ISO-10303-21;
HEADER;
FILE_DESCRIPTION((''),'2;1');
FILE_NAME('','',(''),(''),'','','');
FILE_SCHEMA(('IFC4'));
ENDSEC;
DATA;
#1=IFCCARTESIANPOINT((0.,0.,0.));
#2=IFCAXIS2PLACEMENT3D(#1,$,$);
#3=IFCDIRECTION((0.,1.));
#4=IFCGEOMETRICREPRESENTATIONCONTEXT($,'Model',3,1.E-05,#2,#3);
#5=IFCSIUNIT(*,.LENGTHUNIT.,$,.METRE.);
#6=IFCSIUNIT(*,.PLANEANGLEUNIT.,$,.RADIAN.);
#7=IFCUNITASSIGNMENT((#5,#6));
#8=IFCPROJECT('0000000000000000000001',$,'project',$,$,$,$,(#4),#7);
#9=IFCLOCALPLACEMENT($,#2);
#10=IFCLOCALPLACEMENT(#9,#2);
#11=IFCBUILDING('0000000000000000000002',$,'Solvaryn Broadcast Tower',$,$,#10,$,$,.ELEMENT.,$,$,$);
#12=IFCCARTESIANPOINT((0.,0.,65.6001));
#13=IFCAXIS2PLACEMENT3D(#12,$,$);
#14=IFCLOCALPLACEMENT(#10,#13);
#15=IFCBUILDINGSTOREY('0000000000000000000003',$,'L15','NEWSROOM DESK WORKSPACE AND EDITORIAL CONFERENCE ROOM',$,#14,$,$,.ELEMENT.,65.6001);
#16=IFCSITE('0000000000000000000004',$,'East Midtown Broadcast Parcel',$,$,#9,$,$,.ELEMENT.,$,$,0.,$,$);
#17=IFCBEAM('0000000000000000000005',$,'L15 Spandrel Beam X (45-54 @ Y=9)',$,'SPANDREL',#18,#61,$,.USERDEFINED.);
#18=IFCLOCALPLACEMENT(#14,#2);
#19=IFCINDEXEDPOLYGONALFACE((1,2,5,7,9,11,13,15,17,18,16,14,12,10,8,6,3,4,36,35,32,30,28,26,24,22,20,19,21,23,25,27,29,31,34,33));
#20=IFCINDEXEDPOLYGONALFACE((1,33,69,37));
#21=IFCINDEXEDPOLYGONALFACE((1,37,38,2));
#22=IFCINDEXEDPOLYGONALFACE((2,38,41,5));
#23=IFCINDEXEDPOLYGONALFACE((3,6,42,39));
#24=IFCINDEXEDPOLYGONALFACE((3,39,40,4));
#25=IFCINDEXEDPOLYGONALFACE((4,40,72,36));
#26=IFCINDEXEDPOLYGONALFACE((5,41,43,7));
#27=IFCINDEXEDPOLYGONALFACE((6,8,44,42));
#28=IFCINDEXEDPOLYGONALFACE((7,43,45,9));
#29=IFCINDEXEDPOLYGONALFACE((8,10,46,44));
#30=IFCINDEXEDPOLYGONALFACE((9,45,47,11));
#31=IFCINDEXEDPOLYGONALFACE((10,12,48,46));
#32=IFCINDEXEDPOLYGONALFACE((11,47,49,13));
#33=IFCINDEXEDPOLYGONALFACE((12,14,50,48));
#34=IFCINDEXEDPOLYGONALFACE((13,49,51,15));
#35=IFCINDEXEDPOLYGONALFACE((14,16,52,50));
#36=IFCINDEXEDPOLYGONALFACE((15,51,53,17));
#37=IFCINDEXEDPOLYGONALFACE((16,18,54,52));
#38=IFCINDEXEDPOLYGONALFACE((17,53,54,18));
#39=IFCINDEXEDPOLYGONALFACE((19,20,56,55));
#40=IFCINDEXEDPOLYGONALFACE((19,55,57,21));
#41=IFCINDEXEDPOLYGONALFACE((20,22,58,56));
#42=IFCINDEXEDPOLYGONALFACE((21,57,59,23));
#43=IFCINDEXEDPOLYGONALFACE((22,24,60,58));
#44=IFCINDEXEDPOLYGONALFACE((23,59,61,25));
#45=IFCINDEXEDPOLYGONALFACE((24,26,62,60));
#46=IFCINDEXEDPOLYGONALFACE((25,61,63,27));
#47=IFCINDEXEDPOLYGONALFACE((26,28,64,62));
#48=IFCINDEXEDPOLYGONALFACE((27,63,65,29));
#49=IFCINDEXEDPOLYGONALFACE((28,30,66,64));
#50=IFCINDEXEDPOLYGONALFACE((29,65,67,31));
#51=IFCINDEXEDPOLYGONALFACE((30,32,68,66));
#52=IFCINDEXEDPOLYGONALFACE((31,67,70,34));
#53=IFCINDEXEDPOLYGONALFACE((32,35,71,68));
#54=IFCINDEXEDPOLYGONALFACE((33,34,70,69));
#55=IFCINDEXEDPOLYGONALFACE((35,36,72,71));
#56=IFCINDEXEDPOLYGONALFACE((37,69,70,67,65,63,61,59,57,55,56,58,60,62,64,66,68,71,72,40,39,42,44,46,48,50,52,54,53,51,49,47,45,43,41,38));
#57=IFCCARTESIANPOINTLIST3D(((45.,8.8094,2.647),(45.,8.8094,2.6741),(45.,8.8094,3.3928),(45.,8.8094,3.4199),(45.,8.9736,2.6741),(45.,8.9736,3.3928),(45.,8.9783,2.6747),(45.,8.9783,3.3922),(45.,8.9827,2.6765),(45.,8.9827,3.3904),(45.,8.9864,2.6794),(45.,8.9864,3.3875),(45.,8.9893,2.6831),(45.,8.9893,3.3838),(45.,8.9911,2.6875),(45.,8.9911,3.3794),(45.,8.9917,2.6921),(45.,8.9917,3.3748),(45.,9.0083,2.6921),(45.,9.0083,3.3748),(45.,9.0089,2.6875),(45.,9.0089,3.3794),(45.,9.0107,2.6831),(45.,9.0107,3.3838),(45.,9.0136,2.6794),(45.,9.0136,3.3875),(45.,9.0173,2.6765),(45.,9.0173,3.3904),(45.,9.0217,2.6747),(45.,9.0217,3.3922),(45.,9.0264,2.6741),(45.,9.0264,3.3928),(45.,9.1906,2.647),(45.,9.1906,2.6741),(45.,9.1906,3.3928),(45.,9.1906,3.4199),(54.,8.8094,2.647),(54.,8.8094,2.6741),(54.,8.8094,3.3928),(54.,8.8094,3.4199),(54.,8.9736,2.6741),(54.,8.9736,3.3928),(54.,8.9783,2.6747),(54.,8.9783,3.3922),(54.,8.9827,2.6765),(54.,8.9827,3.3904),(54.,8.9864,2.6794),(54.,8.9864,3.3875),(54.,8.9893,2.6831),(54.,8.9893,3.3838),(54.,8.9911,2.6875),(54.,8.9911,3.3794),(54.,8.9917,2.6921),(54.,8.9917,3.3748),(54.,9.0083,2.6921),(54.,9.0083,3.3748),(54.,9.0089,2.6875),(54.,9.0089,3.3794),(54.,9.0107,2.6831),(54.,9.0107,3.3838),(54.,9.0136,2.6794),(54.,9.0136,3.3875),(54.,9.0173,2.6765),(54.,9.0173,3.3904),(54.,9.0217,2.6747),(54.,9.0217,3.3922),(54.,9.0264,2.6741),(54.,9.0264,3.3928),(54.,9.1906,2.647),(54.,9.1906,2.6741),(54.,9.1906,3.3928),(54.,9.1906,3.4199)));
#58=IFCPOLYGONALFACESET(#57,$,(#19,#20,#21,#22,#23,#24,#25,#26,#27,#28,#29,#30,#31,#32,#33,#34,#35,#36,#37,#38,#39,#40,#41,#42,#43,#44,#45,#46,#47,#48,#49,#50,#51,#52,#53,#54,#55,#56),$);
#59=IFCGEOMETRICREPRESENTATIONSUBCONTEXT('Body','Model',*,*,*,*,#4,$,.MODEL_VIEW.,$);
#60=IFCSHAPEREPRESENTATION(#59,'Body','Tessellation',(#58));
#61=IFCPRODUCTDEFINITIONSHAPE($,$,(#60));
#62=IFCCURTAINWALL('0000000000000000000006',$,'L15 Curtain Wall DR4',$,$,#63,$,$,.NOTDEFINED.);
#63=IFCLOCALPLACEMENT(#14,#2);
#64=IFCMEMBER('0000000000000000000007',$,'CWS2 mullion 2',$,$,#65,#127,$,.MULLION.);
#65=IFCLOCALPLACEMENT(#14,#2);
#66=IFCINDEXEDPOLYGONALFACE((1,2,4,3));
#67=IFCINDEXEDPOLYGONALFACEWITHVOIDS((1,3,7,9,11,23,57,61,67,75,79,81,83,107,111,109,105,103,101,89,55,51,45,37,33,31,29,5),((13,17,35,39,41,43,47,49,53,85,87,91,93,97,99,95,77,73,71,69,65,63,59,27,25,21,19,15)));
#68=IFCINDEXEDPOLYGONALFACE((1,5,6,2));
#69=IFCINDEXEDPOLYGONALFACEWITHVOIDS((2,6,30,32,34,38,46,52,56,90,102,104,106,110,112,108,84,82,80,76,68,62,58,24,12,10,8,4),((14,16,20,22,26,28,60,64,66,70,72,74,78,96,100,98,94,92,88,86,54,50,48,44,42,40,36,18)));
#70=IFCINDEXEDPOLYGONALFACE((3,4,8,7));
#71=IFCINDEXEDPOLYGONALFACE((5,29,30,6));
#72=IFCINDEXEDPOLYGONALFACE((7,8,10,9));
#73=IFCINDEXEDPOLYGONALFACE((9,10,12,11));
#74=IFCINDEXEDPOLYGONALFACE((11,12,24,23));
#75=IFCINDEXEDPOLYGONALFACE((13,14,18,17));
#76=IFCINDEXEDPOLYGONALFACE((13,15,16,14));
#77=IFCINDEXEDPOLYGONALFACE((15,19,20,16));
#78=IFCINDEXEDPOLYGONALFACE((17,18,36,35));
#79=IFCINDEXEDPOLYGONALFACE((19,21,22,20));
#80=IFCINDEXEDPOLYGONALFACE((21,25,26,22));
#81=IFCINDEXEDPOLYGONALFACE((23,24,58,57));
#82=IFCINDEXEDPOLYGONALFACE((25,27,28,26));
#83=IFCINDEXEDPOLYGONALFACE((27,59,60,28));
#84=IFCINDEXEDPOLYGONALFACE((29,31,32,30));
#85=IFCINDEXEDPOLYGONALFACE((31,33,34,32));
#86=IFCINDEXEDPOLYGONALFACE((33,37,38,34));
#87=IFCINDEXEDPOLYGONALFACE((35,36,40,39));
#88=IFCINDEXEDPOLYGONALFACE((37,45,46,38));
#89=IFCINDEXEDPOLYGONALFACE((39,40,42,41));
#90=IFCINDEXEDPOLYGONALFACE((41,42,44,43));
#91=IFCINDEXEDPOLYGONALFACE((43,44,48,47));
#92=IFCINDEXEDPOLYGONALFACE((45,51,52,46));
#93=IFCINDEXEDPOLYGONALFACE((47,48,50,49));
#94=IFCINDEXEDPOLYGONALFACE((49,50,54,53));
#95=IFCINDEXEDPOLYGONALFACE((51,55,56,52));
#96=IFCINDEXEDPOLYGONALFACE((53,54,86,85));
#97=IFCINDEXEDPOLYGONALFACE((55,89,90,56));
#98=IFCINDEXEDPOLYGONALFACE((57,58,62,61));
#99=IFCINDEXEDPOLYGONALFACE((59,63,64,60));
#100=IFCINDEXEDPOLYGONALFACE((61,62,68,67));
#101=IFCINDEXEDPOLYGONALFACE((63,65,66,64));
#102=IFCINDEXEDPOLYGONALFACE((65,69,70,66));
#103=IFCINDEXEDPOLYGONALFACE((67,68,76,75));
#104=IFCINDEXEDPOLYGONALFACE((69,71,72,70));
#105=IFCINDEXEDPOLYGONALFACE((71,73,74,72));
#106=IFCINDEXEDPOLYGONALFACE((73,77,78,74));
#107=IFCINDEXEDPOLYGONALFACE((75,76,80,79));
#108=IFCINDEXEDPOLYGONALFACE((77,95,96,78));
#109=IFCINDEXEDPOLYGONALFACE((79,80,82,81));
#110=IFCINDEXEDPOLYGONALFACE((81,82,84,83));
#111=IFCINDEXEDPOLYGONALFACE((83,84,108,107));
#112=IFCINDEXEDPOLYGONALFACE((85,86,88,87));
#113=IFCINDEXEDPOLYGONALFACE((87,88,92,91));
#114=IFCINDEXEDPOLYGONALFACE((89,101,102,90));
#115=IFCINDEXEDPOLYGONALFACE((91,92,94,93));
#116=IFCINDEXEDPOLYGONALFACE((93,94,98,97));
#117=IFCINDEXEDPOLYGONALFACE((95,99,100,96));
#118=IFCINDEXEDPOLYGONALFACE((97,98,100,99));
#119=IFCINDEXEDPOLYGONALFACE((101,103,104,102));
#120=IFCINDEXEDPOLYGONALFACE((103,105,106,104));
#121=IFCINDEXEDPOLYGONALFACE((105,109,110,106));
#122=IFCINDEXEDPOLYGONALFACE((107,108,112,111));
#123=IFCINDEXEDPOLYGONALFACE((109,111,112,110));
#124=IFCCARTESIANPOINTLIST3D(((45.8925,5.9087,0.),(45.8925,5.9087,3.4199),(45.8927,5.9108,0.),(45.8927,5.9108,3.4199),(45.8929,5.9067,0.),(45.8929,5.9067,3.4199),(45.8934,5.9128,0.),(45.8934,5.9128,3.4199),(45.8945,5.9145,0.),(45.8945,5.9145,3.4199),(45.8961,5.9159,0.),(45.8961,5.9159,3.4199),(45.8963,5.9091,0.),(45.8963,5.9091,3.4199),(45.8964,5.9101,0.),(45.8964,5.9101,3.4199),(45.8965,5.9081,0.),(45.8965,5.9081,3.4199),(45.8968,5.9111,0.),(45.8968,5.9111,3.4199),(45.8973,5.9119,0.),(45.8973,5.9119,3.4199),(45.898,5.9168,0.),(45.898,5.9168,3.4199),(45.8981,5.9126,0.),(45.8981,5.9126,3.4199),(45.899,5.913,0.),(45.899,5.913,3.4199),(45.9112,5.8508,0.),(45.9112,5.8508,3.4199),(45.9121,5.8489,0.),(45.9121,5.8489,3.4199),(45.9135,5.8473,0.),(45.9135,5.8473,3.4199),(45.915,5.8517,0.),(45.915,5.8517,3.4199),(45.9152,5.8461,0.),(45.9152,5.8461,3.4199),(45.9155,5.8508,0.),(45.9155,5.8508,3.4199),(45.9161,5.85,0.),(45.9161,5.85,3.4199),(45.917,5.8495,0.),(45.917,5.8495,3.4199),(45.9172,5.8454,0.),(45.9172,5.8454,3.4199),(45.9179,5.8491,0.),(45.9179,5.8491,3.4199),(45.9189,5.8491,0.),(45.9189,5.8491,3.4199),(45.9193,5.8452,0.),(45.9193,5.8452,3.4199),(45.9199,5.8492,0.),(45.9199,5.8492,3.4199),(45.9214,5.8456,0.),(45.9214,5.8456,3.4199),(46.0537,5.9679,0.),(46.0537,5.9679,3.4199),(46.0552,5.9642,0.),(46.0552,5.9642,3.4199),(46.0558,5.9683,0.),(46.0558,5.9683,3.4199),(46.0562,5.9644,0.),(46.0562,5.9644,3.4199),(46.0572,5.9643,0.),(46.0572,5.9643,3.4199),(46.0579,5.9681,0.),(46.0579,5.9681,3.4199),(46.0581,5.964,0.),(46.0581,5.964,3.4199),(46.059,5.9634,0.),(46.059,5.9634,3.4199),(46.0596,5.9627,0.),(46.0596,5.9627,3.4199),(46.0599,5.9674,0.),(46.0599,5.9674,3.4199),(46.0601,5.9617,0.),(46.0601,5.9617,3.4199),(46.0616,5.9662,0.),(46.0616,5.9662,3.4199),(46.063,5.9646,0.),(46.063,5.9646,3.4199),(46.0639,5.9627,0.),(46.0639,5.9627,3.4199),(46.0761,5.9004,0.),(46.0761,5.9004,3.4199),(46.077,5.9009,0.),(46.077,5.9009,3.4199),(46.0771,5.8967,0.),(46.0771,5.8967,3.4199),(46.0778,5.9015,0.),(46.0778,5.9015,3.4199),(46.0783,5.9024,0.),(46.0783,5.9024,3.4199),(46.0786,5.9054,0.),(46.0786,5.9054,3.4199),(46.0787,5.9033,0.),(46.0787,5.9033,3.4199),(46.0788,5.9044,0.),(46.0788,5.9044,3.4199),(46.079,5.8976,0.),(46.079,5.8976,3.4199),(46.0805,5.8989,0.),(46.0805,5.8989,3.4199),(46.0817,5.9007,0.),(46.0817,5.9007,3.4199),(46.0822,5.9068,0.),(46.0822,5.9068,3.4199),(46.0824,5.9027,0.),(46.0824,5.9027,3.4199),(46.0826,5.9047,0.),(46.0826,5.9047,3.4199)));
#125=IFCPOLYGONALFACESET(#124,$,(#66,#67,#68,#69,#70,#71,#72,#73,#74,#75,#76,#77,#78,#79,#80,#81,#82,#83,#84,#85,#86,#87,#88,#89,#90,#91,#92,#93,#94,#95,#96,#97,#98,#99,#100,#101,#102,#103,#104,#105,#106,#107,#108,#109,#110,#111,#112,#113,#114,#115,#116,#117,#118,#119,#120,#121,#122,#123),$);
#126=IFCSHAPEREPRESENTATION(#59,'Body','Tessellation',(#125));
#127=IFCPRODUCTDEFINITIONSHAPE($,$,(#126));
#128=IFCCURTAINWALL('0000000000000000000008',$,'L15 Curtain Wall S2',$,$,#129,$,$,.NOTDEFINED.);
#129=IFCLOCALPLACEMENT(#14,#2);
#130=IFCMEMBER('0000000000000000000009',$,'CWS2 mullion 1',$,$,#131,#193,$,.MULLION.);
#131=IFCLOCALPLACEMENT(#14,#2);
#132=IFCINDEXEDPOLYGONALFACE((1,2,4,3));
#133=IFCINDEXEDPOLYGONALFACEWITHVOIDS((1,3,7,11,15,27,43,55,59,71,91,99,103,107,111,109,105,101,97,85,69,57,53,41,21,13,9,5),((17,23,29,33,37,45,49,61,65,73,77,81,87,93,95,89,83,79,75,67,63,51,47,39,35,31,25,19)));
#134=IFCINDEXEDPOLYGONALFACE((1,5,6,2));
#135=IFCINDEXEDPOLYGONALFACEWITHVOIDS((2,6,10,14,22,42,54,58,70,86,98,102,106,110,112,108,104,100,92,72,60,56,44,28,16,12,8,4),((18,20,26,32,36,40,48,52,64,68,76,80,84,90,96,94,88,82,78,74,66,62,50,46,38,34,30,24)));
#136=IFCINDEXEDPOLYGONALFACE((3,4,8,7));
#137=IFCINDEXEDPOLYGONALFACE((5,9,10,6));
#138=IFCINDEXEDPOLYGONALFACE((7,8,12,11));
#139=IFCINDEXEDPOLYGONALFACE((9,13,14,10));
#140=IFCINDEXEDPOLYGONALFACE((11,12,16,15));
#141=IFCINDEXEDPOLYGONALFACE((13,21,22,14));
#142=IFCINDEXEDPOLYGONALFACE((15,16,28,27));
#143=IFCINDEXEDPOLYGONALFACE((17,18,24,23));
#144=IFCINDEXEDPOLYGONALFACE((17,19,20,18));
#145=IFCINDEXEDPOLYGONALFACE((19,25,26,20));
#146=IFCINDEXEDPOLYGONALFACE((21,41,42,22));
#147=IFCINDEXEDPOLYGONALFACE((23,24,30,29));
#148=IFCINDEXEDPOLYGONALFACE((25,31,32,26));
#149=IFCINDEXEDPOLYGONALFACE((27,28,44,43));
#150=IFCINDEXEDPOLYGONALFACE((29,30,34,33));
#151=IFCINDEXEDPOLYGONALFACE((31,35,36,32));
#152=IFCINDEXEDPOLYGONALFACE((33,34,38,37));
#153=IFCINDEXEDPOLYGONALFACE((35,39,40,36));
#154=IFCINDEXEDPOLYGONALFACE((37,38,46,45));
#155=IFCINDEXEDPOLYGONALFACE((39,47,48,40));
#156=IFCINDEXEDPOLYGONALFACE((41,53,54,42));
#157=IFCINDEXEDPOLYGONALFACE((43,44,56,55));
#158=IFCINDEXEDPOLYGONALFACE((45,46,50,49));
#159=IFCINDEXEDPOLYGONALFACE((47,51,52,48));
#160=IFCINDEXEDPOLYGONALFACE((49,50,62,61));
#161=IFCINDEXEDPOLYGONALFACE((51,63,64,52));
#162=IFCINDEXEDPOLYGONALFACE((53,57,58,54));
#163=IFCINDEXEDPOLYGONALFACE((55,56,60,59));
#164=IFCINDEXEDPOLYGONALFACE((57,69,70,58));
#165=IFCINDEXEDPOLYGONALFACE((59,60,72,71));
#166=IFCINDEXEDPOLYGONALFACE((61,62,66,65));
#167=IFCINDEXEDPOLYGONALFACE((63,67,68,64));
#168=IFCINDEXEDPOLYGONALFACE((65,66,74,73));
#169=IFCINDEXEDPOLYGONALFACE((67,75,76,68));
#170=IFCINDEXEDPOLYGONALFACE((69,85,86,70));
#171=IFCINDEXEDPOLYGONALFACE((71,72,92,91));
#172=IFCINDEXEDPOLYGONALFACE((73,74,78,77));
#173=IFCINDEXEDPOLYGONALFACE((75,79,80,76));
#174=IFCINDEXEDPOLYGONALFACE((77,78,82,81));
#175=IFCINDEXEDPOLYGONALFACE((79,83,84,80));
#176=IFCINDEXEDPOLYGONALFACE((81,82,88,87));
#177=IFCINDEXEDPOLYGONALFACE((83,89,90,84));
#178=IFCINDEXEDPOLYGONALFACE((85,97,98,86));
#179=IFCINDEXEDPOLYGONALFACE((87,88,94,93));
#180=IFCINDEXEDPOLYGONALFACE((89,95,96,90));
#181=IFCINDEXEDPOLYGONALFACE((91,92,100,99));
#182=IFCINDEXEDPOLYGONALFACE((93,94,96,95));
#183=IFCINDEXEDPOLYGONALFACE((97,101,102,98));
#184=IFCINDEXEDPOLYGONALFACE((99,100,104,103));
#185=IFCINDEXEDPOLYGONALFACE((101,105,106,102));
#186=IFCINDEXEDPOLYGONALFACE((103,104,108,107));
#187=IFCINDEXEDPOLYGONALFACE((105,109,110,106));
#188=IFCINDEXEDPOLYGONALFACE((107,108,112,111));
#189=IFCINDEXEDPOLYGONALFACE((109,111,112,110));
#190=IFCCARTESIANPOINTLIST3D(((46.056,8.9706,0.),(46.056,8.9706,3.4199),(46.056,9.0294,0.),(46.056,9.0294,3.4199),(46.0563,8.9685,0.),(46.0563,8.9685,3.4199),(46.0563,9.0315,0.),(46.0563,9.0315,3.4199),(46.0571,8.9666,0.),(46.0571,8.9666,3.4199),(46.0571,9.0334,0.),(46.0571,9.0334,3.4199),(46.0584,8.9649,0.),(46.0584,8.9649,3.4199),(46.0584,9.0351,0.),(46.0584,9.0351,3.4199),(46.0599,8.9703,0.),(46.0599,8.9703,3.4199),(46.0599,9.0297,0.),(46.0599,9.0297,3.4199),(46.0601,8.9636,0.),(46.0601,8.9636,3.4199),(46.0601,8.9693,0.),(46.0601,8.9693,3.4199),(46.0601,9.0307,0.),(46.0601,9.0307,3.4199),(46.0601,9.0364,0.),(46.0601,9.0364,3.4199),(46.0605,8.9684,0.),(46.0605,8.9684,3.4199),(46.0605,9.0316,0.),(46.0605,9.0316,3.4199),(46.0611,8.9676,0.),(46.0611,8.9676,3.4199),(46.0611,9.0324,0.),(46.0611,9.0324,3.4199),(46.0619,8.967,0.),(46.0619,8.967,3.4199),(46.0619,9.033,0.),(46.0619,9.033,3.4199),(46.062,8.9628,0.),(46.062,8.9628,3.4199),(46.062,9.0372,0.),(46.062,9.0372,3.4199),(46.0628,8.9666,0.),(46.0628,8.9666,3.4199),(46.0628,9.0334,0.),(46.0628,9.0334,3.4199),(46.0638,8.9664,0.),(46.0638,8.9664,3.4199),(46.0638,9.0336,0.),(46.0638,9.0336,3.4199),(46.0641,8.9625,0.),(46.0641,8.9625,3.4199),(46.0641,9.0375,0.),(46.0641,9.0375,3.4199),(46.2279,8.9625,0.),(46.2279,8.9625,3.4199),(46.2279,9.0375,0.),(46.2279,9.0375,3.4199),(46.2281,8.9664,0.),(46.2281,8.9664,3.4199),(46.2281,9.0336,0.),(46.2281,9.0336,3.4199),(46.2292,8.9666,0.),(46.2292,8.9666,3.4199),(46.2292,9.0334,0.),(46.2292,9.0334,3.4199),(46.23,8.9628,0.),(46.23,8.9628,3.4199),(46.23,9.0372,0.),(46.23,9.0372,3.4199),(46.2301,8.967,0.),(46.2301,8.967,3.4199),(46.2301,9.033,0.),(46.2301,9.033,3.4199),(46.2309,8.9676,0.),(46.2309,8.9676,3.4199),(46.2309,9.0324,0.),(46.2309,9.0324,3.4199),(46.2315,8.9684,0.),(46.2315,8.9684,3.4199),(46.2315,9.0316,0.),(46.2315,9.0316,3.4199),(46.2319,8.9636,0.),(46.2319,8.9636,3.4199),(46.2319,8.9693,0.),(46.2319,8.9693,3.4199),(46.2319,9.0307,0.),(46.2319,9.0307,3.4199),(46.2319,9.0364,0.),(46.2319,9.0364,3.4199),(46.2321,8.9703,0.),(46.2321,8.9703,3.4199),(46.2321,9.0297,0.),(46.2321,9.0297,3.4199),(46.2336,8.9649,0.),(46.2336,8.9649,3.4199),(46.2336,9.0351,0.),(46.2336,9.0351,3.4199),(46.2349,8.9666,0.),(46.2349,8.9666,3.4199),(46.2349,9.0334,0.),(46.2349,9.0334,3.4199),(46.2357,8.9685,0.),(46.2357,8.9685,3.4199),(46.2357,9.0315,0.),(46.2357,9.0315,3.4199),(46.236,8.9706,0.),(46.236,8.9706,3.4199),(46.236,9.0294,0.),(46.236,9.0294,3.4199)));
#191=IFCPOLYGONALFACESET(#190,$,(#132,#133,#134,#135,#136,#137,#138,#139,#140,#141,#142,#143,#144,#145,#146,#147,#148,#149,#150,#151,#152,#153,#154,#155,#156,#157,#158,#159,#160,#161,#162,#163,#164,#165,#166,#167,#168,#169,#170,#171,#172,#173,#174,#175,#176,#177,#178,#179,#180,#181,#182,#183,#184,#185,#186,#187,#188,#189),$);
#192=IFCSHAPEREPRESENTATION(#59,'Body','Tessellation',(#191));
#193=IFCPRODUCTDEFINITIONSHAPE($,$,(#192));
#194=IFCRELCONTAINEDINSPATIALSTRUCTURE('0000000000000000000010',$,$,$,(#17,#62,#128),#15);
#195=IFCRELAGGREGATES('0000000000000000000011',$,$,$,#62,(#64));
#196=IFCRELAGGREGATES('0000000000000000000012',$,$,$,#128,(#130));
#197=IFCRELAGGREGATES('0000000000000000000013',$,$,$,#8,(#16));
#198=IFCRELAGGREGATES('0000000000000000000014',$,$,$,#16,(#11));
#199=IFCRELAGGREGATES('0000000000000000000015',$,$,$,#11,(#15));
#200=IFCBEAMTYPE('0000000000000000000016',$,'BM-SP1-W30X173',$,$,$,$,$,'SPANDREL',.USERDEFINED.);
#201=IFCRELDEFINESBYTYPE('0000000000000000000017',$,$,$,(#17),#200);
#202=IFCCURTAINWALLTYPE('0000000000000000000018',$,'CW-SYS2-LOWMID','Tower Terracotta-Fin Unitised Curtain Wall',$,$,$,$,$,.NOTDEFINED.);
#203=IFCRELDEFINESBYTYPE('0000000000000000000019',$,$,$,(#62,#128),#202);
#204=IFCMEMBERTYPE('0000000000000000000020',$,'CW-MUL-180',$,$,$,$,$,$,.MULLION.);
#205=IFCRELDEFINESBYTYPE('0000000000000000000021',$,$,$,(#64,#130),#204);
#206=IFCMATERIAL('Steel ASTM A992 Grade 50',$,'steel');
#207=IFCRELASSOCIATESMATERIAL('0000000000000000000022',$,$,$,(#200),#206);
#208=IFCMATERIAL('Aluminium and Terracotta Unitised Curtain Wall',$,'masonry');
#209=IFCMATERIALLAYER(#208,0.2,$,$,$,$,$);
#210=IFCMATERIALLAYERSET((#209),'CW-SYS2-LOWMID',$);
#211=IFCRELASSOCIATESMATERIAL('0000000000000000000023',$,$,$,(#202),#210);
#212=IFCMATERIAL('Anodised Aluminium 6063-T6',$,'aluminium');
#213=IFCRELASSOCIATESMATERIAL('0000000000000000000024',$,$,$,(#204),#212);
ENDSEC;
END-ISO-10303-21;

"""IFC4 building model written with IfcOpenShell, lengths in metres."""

from ifc_helpers import new_model, si_unit, direction, frame, origin, origin_2d, place, context, subcontext, project, spatial, hollow_rectangle, i_section, extrude, material, layer, layer_set, material_profile, profile_set, type_object, element, aggregate, save


model = new_model("IFC4")

# Units and contexts
model_context = context("Model", 3, precision=1e-05, world=origin(), true_north=direction((0.0, 1.0)))
body_context = subcontext(model_context, "Body", "Model", "MODEL_VIEW")
ifc_project = project(units=[si_unit("LENGTHUNIT", "METRE"), si_unit("PLANEANGLEUNIT", "RADIAN")], contexts=[model_context])

# Site, building, storey
site_placement = place(None, origin())
site = spatial("IfcSite", under=ifc_project, at=site_placement, Name="East Midtown Broadcast Parcel", CompositionType="ELEMENT", RefElevation=0.0)
building_placement = place(site_placement, origin())
building = spatial("IfcBuilding", under=site, at=building_placement, Name="Solvaryn Broadcast Tower", CompositionType="ELEMENT")
storey_placement = place(building_placement, frame((0.0, 0.0, 65.6001)))
storey = spatial("IfcBuildingStorey", under=building, at=storey_placement, Name="L15", Description="NEWSROOM DESK WORKSPACE AND EDITORIAL CONFERENCE ROOM", CompositionType="ELEMENT", Elevation=65.6001)

# Beam
ifc_material_1 = material(Name="Steel ASTM A992 Grade 50", Category="steel")
ifc_material_profile_1 = material_profile(ifc_material_1, i_section(OverallWidth=0.3811, OverallDepth=0.7729, WebThickness=0.0166, FlangeThickness=0.0271, FilletRadius=0.0181, at=origin_2d()))
ifc_profile_set_1 = profile_set([ifc_material_profile_1], Name="Steel ASTM A992 Grade 50")
beam_type_1 = type_object("IfcBeamType", Name="BM-SP1-W30X173", ElementType="SPANDREL", PredefinedType="USERDEFINED", material=ifc_profile_set_1)
beam_1_placement = place(storey_placement, frame((45.0, 9.0, 3.0334), z_axis=(1.0, 0.0, 0.0), x_axis=(0.0, 1.0, 0.0)))
element("IfcBeam", 1, at=beam_1_placement, inside=storey, type_object=beam_type_1, Name="L15 Spandrel Beam X (45-54 @ Y=9)", ObjectType="SPANDREL", PredefinedType="USERDEFINED", context=body_context, shape_type="SweptSolid", body=[
    extrude(i_section(OverallWidth=0.3811, OverallDepth=0.7729, WebThickness=0.0166, FlangeThickness=0.0271, FilletRadius=0.0181, at=origin_2d()), origin(), (0.0, 0.0, 1.0), 9.0),
])

# Curtain wall, member
ifc_material_2 = material(Name="Aluminium and Terracotta Unitised Curtain Wall", Category="masonry")
ifc_layer_1 = layer(ifc_material_2, 0.2)
ifc_layer_set_1 = layer_set([ifc_layer_1], Name="CW-SYS2-LOWMID")
curtain_wall_type = type_object("IfcCurtainWallType", Name="CW-SYS2-LOWMID", Description="Tower Terracotta-Fin Unitised Curtain Wall", PredefinedType="NOTDEFINED", material=ifc_layer_set_1)
curtain_wall_1_placement = place(storey_placement, origin())
curtain_wall_1 = element("IfcCurtainWall", 2, at=curtain_wall_1_placement, inside=storey, type_object=curtain_wall_type, Name="L15 Curtain Wall DR4", PredefinedType="NOTDEFINED")
ifc_material_3 = material(Name="Anodised Aluminium 6063-T6", Category="aluminium")
ifc_material_profile_2 = material_profile(ifc_material_3, hollow_rectangle(XDim=0.075, YDim=0.1799, WallThickness=0.0039, InnerFilletRadius=0.0039, OuterFilletRadius=0.0081, at=origin_2d()))
ifc_profile_set_2 = profile_set([ifc_material_profile_2], Name="Anodised Aluminium 6063-T6")
member_type_1 = type_object("IfcMemberType", Name="CW-MUL-180", PredefinedType="MULLION", material=ifc_profile_set_2)
member_1_placement = place(storey_placement, frame((45.9875, 5.9067, 0.0), z_axis=(0.0, 0.0, 1.0), x_axis=(-0.311594, 0.950215, 0.0)))
member_1 = element("IfcMember", 3, at=member_1_placement, type_object=member_type_1, Name="CWS2 mullion 2", PredefinedType="MULLION", context=body_context, shape_type="SweptSolid", body=[
    extrude(hollow_rectangle(XDim=0.075, YDim=0.1799, WallThickness=0.0039, InnerFilletRadius=0.0039, OuterFilletRadius=0.0081, at=origin_2d()), origin(), (0.0, 0.0, 1.0), 3.4199),
])
aggregate(curtain_wall_1, [member_1])

# Curtain wall, member
curtain_wall_2_placement = place(storey_placement, origin())
curtain_wall_2 = element("IfcCurtainWall", 4, at=curtain_wall_2_placement, inside=storey, type_object=curtain_wall_type, Name="L15 Curtain Wall S2", PredefinedType="NOTDEFINED")
member_2_placement = place(storey_placement, frame((46.146, 9.0, 0.0), z_axis=(0.0, 0.0, 1.0), x_axis=(0.0, 1.0, 0.0)))
member_2 = element("IfcMember", 5, at=member_2_placement, type_object=member_type_1, Name="CWS2 mullion 1", PredefinedType="MULLION", context=body_context, shape_type="SweptSolid", body=[
    extrude(hollow_rectangle(XDim=0.075, YDim=0.1799, WallThickness=0.0039, InnerFilletRadius=0.0039, OuterFilletRadius=0.0081, at=origin_2d()), origin(), (0.0, 0.0, 1.0), 3.4199),
])
aggregate(curtain_wall_2, [member_2])

save(model, "model.ifc")
